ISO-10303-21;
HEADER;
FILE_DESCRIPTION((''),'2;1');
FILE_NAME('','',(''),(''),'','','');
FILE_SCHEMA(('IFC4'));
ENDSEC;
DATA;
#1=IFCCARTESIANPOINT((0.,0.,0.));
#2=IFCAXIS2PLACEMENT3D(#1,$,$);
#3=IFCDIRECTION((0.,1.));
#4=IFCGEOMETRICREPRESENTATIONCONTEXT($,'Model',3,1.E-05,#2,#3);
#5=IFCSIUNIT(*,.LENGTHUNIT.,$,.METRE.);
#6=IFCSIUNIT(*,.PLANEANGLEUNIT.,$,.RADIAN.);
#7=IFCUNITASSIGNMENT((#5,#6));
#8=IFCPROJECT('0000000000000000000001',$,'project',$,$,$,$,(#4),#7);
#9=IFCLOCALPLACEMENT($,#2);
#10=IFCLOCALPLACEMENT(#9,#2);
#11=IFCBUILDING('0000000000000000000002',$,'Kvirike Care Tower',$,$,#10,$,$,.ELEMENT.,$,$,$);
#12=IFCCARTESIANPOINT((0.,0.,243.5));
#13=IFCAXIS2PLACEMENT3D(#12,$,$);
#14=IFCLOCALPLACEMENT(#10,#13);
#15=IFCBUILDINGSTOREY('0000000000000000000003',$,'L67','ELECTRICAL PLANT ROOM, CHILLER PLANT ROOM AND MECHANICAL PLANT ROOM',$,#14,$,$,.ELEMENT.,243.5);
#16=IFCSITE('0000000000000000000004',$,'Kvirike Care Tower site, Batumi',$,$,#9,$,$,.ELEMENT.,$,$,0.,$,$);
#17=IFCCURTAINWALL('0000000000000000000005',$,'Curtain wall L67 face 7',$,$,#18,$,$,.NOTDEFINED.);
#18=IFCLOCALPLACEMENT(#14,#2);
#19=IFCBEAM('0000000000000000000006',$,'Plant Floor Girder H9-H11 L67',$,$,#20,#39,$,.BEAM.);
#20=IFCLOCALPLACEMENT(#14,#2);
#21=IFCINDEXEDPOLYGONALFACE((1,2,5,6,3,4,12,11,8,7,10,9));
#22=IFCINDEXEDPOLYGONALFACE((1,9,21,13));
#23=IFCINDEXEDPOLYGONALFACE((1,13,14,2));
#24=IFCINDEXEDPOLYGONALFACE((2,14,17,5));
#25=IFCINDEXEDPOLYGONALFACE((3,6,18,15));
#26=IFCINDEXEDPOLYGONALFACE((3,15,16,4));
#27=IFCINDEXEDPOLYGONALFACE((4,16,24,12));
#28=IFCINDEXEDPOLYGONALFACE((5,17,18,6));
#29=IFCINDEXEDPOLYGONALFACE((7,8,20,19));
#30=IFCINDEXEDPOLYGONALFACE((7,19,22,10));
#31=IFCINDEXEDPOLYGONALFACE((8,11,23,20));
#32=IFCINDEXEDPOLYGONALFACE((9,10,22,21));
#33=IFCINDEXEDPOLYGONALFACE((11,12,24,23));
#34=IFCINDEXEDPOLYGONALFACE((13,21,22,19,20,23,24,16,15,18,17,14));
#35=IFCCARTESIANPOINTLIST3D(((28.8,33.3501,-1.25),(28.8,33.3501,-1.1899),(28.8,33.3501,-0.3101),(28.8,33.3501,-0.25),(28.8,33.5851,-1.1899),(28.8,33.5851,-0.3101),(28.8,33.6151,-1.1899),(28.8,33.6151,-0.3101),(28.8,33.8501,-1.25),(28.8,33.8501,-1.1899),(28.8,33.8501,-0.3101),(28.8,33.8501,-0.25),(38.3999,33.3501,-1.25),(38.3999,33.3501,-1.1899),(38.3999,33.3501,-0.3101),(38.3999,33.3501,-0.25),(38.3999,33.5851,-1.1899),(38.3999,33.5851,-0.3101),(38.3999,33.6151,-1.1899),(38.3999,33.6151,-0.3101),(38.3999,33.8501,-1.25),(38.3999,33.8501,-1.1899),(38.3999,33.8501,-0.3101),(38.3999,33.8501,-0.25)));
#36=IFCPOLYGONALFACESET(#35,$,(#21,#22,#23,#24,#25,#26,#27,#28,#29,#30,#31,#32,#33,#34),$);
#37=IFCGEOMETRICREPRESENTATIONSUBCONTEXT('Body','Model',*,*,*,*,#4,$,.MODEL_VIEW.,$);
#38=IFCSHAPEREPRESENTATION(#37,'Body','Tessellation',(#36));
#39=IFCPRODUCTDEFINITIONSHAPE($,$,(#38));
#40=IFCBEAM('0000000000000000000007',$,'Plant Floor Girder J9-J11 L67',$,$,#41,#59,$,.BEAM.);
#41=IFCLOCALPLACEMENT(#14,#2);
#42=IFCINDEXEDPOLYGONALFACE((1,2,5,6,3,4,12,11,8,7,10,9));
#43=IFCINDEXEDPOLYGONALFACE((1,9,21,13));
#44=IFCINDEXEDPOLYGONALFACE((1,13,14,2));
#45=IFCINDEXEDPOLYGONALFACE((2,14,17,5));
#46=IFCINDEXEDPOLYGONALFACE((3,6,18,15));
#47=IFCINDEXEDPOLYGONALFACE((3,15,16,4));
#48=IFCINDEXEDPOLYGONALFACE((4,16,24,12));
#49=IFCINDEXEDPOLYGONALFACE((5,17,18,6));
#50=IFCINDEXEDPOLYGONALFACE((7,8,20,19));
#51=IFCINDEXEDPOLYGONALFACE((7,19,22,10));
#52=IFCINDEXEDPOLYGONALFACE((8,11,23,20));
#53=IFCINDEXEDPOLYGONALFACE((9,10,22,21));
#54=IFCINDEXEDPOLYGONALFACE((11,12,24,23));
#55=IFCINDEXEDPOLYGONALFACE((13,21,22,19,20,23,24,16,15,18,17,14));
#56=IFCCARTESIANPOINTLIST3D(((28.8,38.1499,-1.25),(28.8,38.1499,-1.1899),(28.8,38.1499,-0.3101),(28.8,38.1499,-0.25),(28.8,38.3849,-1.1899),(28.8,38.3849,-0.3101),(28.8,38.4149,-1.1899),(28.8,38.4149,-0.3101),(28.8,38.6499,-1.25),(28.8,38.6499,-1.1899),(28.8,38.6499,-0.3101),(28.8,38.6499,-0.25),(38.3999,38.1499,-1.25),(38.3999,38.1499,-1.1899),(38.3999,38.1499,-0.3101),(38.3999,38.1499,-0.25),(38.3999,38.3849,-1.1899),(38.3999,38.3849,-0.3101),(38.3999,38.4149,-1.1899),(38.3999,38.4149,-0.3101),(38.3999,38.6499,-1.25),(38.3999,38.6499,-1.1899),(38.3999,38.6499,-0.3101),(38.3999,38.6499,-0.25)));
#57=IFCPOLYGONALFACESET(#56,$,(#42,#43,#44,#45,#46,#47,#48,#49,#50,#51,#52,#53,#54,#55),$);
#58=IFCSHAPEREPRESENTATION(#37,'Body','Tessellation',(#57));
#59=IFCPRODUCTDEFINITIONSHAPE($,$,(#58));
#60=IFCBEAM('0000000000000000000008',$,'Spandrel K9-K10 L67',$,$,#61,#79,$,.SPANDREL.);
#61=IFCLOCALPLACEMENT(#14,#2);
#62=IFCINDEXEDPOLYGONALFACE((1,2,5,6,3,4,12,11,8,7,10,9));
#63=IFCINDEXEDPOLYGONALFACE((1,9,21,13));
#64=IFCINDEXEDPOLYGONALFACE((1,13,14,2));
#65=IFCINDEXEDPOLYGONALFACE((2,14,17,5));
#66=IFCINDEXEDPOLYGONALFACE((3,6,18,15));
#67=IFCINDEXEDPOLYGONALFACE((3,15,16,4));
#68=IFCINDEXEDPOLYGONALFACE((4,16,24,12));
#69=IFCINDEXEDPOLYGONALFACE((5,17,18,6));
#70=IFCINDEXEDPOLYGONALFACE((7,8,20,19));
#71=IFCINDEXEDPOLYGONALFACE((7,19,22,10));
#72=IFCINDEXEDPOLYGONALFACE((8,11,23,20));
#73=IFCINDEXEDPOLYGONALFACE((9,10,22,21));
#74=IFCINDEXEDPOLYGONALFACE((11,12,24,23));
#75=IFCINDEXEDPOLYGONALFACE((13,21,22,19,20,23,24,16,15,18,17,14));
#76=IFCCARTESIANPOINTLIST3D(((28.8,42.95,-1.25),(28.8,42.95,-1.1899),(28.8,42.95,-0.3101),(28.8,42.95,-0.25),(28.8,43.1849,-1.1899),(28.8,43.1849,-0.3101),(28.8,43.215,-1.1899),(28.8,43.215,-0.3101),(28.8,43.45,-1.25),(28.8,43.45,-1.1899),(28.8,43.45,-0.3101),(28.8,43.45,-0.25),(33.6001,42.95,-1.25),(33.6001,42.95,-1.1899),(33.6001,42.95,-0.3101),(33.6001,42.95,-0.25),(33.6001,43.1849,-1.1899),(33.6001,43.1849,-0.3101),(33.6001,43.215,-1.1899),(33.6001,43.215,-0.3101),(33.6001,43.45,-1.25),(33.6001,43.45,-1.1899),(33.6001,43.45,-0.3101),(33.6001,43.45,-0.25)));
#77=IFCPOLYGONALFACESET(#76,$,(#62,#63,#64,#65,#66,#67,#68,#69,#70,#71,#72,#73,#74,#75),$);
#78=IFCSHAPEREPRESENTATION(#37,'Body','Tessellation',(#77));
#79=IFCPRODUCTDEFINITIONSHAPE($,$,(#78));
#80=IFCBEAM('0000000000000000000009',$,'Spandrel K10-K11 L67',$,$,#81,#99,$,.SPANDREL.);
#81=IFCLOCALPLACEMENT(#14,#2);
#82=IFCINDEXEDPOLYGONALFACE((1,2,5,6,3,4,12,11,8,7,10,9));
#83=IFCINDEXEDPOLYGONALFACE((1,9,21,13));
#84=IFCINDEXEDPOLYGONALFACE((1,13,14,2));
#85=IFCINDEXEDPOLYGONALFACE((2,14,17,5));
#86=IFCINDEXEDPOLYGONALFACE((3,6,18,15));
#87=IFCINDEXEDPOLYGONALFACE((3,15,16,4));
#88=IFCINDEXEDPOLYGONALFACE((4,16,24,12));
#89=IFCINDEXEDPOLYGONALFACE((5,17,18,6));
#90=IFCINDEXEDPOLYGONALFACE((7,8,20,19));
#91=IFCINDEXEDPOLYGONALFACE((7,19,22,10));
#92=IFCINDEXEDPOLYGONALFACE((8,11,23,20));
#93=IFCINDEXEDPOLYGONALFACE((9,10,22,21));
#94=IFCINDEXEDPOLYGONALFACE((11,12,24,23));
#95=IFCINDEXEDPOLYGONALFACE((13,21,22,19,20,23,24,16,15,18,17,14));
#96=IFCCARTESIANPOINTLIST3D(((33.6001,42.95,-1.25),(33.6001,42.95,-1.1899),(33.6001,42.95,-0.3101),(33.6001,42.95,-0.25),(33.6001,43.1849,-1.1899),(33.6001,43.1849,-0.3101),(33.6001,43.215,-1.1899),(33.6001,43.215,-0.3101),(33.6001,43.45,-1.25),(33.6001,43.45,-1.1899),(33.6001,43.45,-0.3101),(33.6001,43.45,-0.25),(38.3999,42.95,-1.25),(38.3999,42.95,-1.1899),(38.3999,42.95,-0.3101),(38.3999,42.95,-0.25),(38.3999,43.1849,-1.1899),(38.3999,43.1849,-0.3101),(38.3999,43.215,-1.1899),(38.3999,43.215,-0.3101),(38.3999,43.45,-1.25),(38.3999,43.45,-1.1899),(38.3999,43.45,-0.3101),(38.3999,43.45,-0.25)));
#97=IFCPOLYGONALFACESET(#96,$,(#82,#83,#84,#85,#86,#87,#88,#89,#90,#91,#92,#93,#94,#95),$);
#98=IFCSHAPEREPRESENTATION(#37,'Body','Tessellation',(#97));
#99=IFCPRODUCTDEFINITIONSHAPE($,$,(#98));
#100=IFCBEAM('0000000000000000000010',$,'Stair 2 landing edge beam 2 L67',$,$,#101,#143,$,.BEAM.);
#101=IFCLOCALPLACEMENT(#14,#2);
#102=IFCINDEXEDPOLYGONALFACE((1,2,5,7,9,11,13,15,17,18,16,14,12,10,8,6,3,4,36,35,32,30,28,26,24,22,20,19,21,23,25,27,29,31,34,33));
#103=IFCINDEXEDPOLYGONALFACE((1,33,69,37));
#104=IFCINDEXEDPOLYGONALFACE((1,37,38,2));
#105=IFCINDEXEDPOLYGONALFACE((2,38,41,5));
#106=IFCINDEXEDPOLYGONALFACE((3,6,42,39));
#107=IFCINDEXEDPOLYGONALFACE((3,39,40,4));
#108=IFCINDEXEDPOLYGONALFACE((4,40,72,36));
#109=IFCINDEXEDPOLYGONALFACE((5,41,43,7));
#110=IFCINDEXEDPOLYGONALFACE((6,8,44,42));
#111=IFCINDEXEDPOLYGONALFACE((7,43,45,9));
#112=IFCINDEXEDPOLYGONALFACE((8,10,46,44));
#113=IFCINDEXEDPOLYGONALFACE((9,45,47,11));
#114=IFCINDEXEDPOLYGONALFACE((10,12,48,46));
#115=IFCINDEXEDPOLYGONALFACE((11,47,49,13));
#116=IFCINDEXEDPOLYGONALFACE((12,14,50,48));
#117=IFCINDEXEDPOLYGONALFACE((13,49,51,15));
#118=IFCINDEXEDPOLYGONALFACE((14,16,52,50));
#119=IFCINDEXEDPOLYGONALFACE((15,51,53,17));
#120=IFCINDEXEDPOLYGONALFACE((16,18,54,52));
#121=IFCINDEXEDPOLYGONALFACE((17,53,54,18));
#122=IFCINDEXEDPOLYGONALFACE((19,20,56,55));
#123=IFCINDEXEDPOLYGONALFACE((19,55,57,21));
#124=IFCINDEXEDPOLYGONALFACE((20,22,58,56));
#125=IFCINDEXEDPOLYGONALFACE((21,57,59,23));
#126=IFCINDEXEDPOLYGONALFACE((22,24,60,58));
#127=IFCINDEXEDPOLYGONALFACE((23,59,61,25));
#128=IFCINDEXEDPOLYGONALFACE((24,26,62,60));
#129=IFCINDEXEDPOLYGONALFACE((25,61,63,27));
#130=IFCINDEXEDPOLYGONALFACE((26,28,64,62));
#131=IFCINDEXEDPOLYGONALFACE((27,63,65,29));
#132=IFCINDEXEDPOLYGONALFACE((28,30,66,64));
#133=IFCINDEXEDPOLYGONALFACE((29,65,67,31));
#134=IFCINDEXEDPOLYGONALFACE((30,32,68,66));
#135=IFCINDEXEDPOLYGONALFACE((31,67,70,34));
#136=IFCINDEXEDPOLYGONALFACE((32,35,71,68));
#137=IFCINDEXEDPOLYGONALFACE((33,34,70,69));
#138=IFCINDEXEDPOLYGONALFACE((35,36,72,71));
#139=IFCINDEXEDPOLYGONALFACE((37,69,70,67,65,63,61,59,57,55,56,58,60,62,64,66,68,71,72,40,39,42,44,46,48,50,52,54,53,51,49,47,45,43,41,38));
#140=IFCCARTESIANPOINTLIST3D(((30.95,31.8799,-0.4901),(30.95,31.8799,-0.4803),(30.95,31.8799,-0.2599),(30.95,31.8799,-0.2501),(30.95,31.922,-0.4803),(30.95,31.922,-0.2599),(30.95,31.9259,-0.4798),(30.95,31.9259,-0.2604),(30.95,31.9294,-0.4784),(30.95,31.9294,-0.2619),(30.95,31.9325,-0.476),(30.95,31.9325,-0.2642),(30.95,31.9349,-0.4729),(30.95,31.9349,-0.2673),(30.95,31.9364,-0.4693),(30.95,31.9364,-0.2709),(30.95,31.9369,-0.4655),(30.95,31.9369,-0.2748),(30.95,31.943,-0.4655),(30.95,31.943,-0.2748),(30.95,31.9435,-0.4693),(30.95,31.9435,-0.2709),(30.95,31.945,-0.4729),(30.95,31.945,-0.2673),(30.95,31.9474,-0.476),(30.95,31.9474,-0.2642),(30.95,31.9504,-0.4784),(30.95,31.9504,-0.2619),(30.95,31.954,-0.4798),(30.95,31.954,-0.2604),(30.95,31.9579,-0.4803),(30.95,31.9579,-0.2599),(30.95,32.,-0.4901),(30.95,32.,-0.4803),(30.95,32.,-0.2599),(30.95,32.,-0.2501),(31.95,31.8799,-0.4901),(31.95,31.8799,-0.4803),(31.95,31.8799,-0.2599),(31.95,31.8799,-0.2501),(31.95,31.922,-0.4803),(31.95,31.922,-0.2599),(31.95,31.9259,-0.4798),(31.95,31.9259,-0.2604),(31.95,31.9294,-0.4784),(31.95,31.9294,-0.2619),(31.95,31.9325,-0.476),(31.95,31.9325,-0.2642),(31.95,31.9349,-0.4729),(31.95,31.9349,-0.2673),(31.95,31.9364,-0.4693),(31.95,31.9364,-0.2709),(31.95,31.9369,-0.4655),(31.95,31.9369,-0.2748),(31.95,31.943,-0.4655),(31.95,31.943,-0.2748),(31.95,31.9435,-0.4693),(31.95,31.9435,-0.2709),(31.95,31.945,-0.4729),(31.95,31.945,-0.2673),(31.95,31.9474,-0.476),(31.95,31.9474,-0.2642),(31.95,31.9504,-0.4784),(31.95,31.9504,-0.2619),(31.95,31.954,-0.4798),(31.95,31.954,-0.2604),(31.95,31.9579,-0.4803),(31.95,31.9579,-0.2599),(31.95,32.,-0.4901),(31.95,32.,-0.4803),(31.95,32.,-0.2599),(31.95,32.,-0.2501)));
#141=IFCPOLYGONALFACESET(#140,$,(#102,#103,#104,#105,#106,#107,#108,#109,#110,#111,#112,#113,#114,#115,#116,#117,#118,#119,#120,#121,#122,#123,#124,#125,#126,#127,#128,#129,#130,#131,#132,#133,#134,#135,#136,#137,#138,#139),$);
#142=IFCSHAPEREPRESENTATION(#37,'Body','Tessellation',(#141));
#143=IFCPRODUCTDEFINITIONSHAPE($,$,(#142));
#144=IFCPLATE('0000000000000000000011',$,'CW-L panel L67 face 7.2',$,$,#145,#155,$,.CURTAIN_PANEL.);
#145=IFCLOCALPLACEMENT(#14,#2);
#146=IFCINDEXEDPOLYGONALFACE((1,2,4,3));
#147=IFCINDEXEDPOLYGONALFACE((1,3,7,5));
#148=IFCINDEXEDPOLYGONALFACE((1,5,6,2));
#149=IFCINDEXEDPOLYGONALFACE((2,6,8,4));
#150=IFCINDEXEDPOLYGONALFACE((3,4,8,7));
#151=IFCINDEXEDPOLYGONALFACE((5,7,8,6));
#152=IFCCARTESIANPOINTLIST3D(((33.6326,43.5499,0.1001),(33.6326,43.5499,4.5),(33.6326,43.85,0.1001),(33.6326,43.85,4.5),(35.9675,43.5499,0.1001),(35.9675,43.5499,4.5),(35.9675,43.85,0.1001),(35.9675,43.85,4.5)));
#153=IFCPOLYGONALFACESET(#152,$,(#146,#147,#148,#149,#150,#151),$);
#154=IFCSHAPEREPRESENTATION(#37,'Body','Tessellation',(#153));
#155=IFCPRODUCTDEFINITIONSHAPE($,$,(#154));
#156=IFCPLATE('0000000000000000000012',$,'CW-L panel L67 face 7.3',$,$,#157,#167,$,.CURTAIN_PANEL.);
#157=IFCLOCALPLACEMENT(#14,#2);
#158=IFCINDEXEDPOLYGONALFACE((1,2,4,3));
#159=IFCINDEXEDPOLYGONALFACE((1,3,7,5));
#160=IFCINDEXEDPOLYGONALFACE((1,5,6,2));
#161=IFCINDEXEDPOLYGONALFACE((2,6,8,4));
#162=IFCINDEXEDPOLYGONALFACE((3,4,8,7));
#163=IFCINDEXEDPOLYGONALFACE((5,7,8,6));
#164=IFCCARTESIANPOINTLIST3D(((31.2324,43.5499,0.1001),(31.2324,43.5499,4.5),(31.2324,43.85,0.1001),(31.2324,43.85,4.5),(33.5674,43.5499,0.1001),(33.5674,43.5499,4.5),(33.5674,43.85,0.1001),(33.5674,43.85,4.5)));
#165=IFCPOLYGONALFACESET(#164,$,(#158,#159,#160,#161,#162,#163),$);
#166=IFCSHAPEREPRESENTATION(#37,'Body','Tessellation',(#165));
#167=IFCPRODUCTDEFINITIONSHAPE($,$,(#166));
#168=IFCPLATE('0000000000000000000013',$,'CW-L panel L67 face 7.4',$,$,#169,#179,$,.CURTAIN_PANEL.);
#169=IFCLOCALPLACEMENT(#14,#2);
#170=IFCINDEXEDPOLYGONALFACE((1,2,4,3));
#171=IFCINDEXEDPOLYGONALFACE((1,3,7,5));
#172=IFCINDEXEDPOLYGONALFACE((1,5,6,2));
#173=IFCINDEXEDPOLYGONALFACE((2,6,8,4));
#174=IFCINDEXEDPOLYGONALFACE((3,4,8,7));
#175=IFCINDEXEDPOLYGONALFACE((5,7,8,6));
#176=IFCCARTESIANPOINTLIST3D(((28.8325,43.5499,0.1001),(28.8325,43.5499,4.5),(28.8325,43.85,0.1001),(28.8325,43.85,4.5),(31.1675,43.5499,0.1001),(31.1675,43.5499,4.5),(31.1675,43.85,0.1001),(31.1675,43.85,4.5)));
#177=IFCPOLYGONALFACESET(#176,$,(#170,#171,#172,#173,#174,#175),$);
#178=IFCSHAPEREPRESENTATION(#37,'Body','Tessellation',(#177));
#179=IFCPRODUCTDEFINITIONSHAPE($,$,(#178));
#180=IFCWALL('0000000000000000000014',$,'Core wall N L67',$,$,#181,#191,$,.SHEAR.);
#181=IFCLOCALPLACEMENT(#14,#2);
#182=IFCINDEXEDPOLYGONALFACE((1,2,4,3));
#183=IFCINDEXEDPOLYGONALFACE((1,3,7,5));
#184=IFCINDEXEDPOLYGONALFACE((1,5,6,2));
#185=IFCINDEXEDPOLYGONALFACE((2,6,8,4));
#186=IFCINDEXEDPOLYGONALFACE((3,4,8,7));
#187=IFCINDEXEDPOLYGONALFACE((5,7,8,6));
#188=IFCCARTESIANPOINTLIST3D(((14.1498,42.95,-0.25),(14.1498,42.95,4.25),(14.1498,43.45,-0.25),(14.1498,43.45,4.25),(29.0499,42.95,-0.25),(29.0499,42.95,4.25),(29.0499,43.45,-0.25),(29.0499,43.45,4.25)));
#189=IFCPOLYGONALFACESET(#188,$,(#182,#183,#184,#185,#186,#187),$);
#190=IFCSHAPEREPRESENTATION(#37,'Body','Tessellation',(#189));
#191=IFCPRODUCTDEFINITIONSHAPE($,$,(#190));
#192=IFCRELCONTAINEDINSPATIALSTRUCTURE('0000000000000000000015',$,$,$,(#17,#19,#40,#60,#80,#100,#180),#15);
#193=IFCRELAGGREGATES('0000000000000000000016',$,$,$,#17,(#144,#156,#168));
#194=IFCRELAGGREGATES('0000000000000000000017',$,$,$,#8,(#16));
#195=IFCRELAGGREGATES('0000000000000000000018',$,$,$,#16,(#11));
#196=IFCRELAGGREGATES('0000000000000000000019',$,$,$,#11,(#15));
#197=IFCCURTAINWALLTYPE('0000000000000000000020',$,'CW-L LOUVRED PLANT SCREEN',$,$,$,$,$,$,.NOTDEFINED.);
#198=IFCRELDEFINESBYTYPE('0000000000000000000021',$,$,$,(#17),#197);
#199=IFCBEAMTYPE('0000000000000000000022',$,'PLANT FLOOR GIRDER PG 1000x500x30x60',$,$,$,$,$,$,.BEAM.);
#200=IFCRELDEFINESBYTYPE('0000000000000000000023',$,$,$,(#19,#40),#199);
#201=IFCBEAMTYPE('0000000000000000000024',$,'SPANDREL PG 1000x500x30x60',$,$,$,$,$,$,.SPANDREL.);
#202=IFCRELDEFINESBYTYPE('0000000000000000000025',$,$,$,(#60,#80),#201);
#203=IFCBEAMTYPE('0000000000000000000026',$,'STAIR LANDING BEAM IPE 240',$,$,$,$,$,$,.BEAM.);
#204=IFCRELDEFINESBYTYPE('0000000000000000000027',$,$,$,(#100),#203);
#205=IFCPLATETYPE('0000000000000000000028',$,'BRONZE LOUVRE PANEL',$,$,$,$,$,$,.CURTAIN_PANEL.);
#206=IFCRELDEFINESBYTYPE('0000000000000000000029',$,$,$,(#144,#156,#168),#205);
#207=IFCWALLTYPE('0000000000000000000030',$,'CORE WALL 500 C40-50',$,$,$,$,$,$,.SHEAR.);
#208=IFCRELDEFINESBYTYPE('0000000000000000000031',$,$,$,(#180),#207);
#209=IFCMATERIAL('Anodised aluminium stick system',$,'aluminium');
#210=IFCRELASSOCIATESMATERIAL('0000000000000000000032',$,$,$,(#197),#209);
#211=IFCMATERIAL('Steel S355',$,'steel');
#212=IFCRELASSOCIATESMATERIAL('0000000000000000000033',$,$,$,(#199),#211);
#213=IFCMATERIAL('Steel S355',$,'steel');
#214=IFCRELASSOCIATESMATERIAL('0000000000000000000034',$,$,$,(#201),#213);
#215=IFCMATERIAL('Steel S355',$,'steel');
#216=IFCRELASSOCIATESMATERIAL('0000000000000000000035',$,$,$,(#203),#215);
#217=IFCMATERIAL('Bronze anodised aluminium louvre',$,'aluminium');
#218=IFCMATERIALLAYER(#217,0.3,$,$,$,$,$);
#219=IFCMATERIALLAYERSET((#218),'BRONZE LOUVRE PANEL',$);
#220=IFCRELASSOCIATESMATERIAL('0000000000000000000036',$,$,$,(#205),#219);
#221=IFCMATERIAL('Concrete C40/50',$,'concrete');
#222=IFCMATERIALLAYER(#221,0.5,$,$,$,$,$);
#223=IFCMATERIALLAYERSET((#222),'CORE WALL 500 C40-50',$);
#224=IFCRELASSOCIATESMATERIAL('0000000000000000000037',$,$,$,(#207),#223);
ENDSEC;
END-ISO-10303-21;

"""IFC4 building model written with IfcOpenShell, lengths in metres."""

from ifc_helpers import new_model, si_unit, direction, frame, frame_2d, origin, origin_2d, place, context, subcontext, project, spatial, rectangle, i_section, extrude, material, layer, layer_set, material_profile, profile_set, type_object, element, aggregate, save


model = new_model("IFC4")

# Units and contexts
model_context = context("Model", 3, precision=1e-05, world=origin(), true_north=direction((0.0, 1.0)))
body_context = subcontext(model_context, "Body", "Model", "MODEL_VIEW")
ifc_project = project(units=[si_unit("LENGTHUNIT", "METRE"), si_unit("PLANEANGLEUNIT", "RADIAN")], contexts=[model_context])

# Site, building, storey
site_placement = place(None, origin())
site = spatial("IfcSite", under=ifc_project, at=site_placement, Name="Kvirike Care Tower site, Batumi", CompositionType="ELEMENT", RefElevation=0.0)
building_placement = place(site_placement, origin())
building = spatial("IfcBuilding", under=site, at=building_placement, Name="Kvirike Care Tower", CompositionType="ELEMENT")
storey_placement = place(building_placement, frame((0.0, 0.0, 243.5)))
storey = spatial("IfcBuildingStorey", under=building, at=storey_placement, Name="L67", Description="ELECTRICAL PLANT ROOM, CHILLER PLANT ROOM AND MECHANICAL PLANT ROOM", CompositionType="ELEMENT", Elevation=243.5)

# Curtain wall
ifc_material_1 = material(Name="Anodised aluminium stick system", Category="aluminium")
curtain_wall_type = type_object("IfcCurtainWallType", Name="CW-L LOUVRED PLANT SCREEN", PredefinedType="NOTDEFINED", material=ifc_material_1)
curtain_wall_placement = place(storey_placement, origin())
curtain_wall = element("IfcCurtainWall", 1, at=curtain_wall_placement, inside=storey, type_object=curtain_wall_type, Name="Curtain wall L67 face 7", PredefinedType="NOTDEFINED")

# Beams
ifc_material_2 = material(Name="Steel S355", Category="steel")
ifc_material_profile_1 = material_profile(ifc_material_2, i_section(OverallWidth=0.5, OverallDepth=1.0, WebThickness=0.03, FlangeThickness=0.0601, at=origin_2d()), Name="PG 1000x500x30x60")
ifc_profile_set_1 = profile_set([ifc_material_profile_1], Name="Steel S355")
beam_type_1 = type_object("IfcBeamType", Name="PLANT FLOOR GIRDER PG 1000x500x30x60", PredefinedType="BEAM", material=ifc_profile_set_1)
for number, where, z_axis, x_axis, name in (
    (2, (28.8, 33.6001, -0.75), (1.0, 0.0, 0.0), (0.0, 1.0, 0.0), "Plant Floor Girder H9-H11 L67"),
    (3, (28.8, 38.3999, -0.75), (1.0, 0.0, 0.0), (0.0, 1.0, 0.0), "Plant Floor Girder J9-J11 L67"),
):
    element("IfcBeam", number, at=place(storey_placement, frame(where, z_axis=z_axis, x_axis=x_axis)), inside=storey, type_object=beam_type_1, Name=name, PredefinedType="BEAM", context=body_context, shape_type="SweptSolid", body=[
        extrude(i_section(OverallWidth=0.5, OverallDepth=1.0, WebThickness=0.03, FlangeThickness=0.0601, at=origin_2d()), origin(), (0.0, 0.0, 1.0), 9.5999),
    ])
ifc_material_3 = material(Name="Steel S355", Category="steel")
ifc_material_profile_2 = material_profile(ifc_material_3, i_section(OverallWidth=0.5, OverallDepth=1.0, WebThickness=0.03, FlangeThickness=0.0601, at=origin_2d()), Name="PG 1000x500x30x60")
ifc_profile_set_2 = profile_set([ifc_material_profile_2], Name="Steel S355")
beam_type_2 = type_object("IfcBeamType", Name="SPANDREL PG 1000x500x30x60", PredefinedType="SPANDREL", material=ifc_profile_set_2)
beam_1_placement = place(storey_placement, frame((28.8, 43.2, -0.75), z_axis=(1.0, 0.0, 0.0), x_axis=(0.0, 1.0, 0.0)))
element("IfcBeam", 4, at=beam_1_placement, inside=storey, type_object=beam_type_2, Name="Spandrel K9-K10 L67", PredefinedType="SPANDREL", context=body_context, shape_type="SweptSolid", body=[
    extrude(i_section(OverallWidth=0.5, OverallDepth=1.0, WebThickness=0.03, FlangeThickness=0.0601, at=origin_2d()), origin(), (0.0, 0.0, 1.0), 4.8),
])
beam_2_placement = place(storey_placement, frame((33.6001, 43.2, -0.75), z_axis=(1.0, 0.0, 0.0), x_axis=(0.0, 1.0, 0.0)))
element("IfcBeam", 5, at=beam_2_placement, inside=storey, type_object=beam_type_2, Name="Spandrel K10-K11 L67", PredefinedType="SPANDREL", context=body_context, shape_type="SweptSolid", body=[
    extrude(i_section(OverallWidth=0.5, OverallDepth=1.0, WebThickness=0.03, FlangeThickness=0.0601, at=origin_2d()), origin(), (0.0, 0.0, 1.0), 4.7998),
])
ifc_material_4 = material(Name="Steel S355", Category="steel")
ifc_material_profile_3 = material_profile(ifc_material_4, i_section(OverallWidth=0.1201, OverallDepth=0.24, WebThickness=0.0061, FlangeThickness=0.0098, FilletRadius=0.0149, at=origin_2d()), Name="IPE 240")
ifc_profile_set_3 = profile_set([ifc_material_profile_3], Name="Steel S355")
beam_type_3 = type_object("IfcBeamType", Name="STAIR LANDING BEAM IPE 240", PredefinedType="BEAM", material=ifc_profile_set_3)
beam_3_placement = place(storey_placement, frame((31.95, 31.9399, -0.3701), z_axis=(-1.0, 0.0, 0.0), x_axis=(0.0, -1.0, 0.0)))
element("IfcBeam", 6, at=beam_3_placement, inside=storey, type_object=beam_type_3, Name="Stair 2 landing edge beam 2 L67", PredefinedType="BEAM", context=body_context, shape_type="SweptSolid", body=[
    extrude(i_section(OverallWidth=0.1201, OverallDepth=0.24, WebThickness=0.0061, FlangeThickness=0.0098, FilletRadius=0.0149, at=origin_2d()), origin(), (0.0, 0.0, 1.0), 1.0),
])

# Plates
ifc_material_5 = material(Name="Bronze anodised aluminium louvre", Category="aluminium")
ifc_layer_1 = layer(ifc_material_5, 0.3)
ifc_layer_set_1 = layer_set([ifc_layer_1], Name="BRONZE LOUVRE PANEL")
plate_type = type_object("IfcPlateType", Name="BRONZE LOUVRE PANEL", PredefinedType="CURTAIN_PANEL", material=ifc_layer_set_1)
plate_1_placement = place(storey_placement, frame((34.8, 43.7, 0.1001), z_axis=(0.0, 0.0, 1.0), x_axis=(-1.0, 0.0, 0.0)))
plate_1 = element("IfcPlate", 7, at=plate_1_placement, type_object=plate_type, Name="CW-L panel L67 face 7.2", PredefinedType="CURTAIN_PANEL", context=body_context, shape_type="SweptSolid", body=[
    extrude(rectangle(XDim=2.335, YDim=0.3, at=origin_2d()), origin(), (0.0, 0.0, 1.0), 4.3999),
])
plate_2_placement = place(storey_placement, frame((32.3999, 43.7, 0.1001), z_axis=(0.0, 0.0, 1.0), x_axis=(-1.0, 0.0, 0.0)))
plate_2 = element("IfcPlate", 8, at=plate_2_placement, type_object=plate_type, Name="CW-L panel L67 face 7.3", PredefinedType="CURTAIN_PANEL", context=body_context, shape_type="SweptSolid", body=[
    extrude(rectangle(XDim=2.335, YDim=0.3, at=origin_2d()), origin(), (0.0, 0.0, 1.0), 4.3999),
])
plate_3_placement = place(storey_placement, frame((30.0, 43.7, 0.1001), z_axis=(0.0, 0.0, 1.0), x_axis=(-1.0, 0.0, 0.0)))
plate_3 = element("IfcPlate", 9, at=plate_3_placement, type_object=plate_type, Name="CW-L panel L67 face 7.4", PredefinedType="CURTAIN_PANEL", context=body_context, shape_type="SweptSolid", body=[
    extrude(rectangle(XDim=2.335, YDim=0.3, at=origin_2d()), origin(), (0.0, 0.0, 1.0), 4.3999),
])
aggregate(curtain_wall, [plate_1, plate_2, plate_3])

# Wall
ifc_material_6 = material(Name="Concrete C40/50", Category="concrete")
ifc_layer_2 = layer(ifc_material_6, 0.5)
ifc_layer_set_2 = layer_set([ifc_layer_2], Name="CORE WALL 500 C40-50")
wall_type_1 = type_object("IfcWallType", Name="CORE WALL 500 C40-50", PredefinedType="SHEAR", material=ifc_layer_set_2)
wall_1_placement = place(storey_placement, frame((29.05, 43.2, -0.25), z_axis=(0.0, 0.0, 1.0), x_axis=(-1.0, 0.0, 0.0)))
element("IfcWall", 10, at=wall_1_placement, inside=storey, type_object=wall_type_1, Name="Core wall N L67", PredefinedType="SHEAR", context=body_context, shape_type="SweptSolid", body=[
    extrude(rectangle(XDim=14.9001, YDim=0.5, at=frame_2d((7.4502, 0.0))), origin(), (0.0, 0.0, 1.0), 4.5),
])

save(model, "model.ifc")
